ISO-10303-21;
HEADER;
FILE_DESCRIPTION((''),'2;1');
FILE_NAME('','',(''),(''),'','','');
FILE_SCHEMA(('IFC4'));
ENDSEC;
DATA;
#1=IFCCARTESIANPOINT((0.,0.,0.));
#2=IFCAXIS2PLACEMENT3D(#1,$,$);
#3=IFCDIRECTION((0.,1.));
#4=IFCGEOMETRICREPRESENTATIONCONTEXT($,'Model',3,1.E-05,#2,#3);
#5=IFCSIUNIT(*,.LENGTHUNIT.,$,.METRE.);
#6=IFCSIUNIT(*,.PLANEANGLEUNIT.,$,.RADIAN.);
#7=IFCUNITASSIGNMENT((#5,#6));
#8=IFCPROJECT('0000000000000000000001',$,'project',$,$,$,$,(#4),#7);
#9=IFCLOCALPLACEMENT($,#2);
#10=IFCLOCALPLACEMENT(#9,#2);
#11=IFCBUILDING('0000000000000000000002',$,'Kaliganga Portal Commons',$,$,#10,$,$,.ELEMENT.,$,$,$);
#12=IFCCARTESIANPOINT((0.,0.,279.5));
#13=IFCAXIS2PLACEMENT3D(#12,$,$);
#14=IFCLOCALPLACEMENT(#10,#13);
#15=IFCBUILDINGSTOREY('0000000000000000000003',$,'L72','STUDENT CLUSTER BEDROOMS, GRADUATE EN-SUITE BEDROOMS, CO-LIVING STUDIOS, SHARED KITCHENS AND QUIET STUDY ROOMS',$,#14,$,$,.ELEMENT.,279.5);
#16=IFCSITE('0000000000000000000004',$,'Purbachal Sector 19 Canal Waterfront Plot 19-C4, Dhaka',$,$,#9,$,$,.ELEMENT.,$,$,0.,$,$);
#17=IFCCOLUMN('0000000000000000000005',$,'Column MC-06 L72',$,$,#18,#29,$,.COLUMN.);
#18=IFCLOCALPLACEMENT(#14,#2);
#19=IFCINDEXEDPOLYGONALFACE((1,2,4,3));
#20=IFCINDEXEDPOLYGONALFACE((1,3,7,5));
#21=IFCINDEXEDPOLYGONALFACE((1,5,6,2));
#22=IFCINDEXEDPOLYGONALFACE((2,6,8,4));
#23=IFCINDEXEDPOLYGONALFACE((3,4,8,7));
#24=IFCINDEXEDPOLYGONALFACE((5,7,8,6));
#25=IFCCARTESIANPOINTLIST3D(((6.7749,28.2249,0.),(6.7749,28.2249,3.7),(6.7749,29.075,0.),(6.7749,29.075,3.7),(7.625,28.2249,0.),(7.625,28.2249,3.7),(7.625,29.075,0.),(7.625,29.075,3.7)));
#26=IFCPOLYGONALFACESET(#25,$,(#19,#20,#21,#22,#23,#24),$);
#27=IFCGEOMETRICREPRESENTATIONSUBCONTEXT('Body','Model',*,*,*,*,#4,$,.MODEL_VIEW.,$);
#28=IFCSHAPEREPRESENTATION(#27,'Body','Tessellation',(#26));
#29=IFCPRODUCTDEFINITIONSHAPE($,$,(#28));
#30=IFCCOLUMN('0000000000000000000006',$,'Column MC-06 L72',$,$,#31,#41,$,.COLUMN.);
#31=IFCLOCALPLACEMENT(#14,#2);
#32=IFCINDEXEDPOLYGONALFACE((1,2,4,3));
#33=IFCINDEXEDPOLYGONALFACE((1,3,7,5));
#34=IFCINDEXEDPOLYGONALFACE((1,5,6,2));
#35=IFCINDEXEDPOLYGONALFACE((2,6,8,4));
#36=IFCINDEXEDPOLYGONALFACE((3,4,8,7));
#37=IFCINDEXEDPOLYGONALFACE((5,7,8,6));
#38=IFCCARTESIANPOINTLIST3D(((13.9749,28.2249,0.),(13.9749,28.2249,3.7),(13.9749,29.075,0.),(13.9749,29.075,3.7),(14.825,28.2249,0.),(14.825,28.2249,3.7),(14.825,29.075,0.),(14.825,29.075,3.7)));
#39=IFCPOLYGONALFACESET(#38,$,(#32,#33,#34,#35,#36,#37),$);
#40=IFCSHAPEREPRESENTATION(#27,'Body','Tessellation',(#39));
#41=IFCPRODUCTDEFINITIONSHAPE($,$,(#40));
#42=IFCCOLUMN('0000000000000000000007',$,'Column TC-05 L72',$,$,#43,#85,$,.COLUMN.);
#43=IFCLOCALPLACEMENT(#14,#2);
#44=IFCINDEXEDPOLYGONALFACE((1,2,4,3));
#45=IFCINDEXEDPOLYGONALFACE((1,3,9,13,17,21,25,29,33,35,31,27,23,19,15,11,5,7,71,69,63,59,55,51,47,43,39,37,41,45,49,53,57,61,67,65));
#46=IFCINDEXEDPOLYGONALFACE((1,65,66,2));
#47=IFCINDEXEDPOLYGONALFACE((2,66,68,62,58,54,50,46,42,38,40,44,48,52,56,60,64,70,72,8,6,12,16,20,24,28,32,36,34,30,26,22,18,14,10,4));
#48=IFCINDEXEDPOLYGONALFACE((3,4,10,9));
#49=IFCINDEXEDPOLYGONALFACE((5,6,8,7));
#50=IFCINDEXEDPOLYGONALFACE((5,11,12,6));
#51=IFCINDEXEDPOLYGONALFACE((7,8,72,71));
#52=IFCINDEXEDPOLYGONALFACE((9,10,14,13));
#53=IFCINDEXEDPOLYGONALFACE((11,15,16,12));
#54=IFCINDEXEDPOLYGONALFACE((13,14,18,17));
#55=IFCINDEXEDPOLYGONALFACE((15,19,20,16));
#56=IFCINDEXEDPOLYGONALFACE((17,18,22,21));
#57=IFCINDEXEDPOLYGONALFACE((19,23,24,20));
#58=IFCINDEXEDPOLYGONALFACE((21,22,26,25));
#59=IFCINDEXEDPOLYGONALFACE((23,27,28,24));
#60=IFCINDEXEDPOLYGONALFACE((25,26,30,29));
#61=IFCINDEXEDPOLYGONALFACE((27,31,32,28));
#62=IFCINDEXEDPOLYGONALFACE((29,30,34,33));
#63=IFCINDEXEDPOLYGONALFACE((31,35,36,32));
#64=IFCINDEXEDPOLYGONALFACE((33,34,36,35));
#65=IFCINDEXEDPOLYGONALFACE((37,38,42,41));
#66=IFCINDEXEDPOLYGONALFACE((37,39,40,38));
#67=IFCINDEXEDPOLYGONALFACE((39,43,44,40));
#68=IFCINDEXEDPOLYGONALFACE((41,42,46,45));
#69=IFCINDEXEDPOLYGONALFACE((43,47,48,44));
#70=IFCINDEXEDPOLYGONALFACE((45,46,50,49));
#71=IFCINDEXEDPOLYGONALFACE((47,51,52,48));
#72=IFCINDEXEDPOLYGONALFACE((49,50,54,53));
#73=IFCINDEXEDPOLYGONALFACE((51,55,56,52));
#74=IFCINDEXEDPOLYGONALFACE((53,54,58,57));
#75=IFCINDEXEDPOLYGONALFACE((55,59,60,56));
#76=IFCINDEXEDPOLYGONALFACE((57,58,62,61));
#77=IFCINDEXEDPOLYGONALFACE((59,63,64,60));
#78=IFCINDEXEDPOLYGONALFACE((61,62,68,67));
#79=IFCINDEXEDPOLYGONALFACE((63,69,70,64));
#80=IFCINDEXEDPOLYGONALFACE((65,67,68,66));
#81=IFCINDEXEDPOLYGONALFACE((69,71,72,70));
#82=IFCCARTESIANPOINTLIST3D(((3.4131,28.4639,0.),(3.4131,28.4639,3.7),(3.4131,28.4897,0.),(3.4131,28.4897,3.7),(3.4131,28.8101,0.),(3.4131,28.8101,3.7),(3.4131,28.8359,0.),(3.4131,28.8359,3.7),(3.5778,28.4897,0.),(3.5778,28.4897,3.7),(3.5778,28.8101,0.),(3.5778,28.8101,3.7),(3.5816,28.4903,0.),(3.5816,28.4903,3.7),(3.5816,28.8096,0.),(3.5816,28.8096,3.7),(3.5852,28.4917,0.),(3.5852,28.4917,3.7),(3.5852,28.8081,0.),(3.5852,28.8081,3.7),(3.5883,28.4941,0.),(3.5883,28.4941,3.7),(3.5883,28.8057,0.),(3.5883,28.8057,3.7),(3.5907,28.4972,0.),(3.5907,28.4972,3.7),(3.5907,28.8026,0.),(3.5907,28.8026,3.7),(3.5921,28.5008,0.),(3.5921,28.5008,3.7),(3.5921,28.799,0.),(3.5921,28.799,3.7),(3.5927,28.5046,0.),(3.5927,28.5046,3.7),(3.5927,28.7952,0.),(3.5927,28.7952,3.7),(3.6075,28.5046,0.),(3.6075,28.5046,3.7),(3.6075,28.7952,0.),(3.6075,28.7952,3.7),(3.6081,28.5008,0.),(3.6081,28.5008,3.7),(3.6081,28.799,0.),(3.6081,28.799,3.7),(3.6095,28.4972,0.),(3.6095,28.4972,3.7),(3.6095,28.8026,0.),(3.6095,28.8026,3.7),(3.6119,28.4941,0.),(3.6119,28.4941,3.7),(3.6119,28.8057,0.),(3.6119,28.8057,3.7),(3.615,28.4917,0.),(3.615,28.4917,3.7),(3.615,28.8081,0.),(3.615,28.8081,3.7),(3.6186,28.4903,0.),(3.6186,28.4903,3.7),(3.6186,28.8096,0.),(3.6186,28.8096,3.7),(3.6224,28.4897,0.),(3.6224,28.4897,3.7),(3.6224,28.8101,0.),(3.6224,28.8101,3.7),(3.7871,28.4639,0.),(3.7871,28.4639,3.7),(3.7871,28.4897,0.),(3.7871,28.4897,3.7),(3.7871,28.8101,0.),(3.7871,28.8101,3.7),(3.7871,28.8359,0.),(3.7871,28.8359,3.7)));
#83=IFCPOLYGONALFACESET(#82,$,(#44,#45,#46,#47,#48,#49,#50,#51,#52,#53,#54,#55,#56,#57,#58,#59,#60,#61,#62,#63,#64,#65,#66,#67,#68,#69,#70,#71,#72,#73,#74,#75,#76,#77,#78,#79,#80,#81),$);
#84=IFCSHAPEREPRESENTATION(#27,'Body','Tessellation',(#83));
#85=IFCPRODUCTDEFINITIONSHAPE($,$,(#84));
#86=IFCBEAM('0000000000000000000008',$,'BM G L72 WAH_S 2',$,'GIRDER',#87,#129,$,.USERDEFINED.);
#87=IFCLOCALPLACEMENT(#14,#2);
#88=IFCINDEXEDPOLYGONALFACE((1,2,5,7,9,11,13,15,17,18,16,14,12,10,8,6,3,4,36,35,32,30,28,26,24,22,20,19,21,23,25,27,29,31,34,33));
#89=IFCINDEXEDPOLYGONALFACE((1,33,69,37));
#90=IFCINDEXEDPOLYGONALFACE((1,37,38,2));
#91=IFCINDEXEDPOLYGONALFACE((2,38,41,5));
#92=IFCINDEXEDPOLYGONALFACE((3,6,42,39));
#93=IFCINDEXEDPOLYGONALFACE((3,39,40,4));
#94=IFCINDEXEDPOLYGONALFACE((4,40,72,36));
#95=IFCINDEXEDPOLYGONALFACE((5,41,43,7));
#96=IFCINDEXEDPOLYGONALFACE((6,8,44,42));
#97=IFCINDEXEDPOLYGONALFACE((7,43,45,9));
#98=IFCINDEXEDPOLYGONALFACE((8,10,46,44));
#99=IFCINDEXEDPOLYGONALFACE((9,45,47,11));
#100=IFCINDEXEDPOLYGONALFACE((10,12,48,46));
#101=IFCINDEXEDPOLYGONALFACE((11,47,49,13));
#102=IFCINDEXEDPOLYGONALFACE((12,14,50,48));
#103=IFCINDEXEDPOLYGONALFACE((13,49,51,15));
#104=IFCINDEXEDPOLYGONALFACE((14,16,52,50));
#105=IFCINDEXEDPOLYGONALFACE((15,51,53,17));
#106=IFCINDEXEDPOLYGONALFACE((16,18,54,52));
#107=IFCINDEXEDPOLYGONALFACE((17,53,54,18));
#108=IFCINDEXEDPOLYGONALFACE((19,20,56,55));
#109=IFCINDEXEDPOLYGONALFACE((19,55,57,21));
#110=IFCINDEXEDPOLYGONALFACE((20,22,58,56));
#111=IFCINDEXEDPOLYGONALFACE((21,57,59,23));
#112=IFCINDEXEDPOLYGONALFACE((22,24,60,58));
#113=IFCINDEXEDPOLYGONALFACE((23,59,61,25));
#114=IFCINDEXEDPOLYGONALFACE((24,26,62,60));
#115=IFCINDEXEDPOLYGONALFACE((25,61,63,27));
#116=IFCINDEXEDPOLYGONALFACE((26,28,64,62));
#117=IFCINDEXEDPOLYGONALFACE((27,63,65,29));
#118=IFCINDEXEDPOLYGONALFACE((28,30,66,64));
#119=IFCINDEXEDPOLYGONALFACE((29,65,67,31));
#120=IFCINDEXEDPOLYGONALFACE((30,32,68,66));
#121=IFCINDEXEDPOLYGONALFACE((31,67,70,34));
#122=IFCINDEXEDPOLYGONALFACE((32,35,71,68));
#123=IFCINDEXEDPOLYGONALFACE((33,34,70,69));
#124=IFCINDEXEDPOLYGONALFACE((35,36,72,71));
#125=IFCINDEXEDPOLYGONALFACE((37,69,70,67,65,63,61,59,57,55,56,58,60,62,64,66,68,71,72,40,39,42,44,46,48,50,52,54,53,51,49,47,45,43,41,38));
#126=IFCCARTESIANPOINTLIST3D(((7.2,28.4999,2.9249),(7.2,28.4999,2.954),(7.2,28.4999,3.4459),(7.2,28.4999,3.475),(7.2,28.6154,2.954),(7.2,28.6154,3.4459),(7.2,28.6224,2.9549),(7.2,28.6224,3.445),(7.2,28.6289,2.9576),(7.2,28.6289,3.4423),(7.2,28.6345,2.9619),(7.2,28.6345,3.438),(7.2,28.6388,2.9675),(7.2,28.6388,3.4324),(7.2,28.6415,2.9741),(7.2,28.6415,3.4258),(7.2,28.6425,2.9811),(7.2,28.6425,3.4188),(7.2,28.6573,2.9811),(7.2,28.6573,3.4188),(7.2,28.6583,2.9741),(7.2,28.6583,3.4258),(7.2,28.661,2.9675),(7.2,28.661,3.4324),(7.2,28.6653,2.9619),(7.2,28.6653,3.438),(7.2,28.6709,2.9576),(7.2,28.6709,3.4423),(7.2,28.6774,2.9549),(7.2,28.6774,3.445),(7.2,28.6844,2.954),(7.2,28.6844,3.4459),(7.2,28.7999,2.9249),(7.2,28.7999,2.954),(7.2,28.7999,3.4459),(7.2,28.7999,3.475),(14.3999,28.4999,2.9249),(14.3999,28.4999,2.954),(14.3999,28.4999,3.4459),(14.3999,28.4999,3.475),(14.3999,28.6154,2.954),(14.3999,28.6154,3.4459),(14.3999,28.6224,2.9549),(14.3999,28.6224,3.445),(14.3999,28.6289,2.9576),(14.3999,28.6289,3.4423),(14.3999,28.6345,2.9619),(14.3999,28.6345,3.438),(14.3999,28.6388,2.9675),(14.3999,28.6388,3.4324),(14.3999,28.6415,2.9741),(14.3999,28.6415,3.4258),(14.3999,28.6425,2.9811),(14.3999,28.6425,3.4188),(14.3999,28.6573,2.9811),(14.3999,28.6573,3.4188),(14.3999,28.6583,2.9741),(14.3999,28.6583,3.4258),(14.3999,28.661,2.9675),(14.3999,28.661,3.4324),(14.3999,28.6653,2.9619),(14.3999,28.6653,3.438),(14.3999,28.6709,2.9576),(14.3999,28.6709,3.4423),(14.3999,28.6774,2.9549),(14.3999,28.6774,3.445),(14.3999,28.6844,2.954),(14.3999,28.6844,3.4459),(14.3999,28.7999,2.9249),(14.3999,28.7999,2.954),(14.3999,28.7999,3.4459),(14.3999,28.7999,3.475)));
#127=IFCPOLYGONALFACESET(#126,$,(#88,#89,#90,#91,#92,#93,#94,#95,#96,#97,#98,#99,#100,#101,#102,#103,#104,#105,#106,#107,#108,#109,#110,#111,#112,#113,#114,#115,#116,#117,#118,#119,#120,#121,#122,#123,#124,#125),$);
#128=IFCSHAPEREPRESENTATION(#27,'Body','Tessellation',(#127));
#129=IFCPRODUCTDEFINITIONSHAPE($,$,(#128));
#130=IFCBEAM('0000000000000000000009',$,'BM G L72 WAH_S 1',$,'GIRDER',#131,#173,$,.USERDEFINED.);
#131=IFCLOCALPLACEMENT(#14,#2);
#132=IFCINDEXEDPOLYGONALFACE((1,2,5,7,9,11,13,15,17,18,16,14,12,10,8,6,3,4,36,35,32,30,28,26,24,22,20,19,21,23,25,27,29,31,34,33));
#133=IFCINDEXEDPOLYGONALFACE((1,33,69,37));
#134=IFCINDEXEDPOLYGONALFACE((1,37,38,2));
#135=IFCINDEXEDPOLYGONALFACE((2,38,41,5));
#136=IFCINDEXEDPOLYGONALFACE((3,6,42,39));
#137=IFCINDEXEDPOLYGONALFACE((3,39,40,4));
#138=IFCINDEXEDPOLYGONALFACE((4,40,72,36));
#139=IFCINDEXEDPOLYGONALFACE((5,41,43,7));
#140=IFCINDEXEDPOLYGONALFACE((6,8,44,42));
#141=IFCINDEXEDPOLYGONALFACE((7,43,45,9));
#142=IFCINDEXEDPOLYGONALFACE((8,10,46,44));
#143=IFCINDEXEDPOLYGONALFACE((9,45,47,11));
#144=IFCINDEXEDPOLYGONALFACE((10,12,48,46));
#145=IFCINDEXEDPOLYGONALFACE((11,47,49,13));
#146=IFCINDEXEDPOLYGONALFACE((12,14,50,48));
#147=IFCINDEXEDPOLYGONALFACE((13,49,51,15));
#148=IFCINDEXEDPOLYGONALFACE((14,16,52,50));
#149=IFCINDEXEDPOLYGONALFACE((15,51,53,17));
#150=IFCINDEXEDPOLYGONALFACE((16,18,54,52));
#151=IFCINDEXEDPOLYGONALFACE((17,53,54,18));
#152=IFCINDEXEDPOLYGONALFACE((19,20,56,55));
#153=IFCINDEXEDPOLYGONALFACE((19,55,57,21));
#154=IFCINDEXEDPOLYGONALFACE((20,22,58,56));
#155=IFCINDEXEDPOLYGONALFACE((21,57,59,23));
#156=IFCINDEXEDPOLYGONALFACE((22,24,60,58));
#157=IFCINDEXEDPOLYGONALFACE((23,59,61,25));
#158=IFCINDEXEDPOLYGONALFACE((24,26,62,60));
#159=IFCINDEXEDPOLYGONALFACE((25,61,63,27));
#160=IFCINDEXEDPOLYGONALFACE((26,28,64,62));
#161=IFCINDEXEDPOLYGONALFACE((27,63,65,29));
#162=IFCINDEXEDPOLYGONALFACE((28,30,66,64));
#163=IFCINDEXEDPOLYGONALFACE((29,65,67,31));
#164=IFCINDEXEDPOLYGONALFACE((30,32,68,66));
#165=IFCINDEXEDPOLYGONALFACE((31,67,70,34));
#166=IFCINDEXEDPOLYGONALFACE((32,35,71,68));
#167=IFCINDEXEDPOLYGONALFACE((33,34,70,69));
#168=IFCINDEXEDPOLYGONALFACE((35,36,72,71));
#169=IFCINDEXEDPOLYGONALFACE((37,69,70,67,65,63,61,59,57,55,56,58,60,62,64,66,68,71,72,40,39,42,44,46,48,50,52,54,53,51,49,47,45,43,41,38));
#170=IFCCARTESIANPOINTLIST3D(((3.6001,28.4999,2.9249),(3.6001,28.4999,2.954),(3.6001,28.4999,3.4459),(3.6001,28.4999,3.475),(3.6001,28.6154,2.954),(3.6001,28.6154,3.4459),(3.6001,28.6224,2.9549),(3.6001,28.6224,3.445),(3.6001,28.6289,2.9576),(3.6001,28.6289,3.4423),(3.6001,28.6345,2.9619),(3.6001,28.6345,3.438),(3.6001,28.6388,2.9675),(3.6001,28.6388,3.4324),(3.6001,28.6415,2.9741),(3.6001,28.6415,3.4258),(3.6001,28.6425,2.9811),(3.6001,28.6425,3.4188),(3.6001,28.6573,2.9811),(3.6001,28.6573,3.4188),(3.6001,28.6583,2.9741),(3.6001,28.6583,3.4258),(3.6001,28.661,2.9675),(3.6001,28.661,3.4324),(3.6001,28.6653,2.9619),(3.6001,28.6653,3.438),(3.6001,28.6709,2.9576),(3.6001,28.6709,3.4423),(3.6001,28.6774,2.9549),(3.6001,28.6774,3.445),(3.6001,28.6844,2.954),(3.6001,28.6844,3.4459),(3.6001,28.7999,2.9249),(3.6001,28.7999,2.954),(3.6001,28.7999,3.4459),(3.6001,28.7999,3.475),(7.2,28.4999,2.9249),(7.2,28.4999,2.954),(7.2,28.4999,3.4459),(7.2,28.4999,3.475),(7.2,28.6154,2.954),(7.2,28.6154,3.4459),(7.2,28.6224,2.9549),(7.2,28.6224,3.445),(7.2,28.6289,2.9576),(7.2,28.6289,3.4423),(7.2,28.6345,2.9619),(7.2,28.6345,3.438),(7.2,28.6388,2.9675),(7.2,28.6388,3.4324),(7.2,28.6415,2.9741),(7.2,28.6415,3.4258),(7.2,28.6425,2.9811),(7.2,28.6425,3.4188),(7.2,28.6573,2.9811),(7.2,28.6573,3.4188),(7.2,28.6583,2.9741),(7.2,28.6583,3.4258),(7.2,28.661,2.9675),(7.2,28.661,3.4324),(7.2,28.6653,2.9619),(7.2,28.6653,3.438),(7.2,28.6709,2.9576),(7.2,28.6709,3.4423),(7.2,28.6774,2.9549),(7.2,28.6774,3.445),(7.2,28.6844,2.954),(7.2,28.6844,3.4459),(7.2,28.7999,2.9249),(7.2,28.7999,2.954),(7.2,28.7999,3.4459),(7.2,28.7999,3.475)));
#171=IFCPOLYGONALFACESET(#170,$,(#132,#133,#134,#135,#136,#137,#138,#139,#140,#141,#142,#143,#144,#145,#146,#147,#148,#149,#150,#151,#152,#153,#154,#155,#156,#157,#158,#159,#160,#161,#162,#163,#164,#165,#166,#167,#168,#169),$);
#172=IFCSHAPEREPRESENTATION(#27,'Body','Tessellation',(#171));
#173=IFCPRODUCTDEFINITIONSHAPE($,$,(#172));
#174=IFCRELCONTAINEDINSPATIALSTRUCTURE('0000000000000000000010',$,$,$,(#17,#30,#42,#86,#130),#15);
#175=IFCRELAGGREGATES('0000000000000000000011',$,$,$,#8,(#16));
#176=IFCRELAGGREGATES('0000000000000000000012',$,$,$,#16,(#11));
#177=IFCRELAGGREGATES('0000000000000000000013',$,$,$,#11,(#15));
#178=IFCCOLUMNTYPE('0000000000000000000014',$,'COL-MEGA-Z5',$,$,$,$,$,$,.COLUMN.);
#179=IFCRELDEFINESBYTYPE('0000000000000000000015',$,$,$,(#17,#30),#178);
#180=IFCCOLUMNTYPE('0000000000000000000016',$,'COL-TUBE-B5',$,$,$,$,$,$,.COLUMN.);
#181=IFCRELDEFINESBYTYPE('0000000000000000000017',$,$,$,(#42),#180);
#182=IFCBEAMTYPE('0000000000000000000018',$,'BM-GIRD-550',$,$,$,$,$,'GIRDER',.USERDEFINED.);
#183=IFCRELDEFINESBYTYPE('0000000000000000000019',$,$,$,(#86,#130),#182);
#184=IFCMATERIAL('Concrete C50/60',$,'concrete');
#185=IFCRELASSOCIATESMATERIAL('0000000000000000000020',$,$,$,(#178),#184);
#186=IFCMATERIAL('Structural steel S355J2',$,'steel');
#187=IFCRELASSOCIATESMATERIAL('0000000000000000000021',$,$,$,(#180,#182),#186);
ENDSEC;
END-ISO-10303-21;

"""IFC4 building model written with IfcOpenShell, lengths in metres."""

from ifc_helpers import new_model, si_unit, direction, frame, origin, origin_2d, place, context, subcontext, project, spatial, rectangle, i_section, extrude, source, transform, mapped, material, material_profile, profile_set, type_object, element, save


model = new_model("IFC4")

# Units and contexts
model_context = context("Model", 3, precision=1e-05, world=origin(), true_north=direction((0.0, 1.0)))
body_context = subcontext(model_context, "Body", "Model", "MODEL_VIEW")
ifc_project = project(units=[si_unit("LENGTHUNIT", "METRE"), si_unit("PLANEANGLEUNIT", "RADIAN")], contexts=[model_context])

# Site, building, storey
site_placement = place(None, origin())
site = spatial("IfcSite", under=ifc_project, at=site_placement, Name="Purbachal Sector 19 Canal Waterfront Plot 19-C4, Dhaka", CompositionType="ELEMENT", RefElevation=0.0)
building_placement = place(site_placement, origin())
building = spatial("IfcBuilding", under=site, at=building_placement, Name="Kaliganga Portal Commons", CompositionType="ELEMENT")
storey_placement = place(building_placement, frame((0.0, 0.0, 279.5)))
storey = spatial("IfcBuildingStorey", under=building, at=storey_placement, Name="L72", Description="STUDENT CLUSTER BEDROOMS, GRADUATE EN-SUITE BEDROOMS, CO-LIVING STUDIOS, SHARED KITCHENS AND QUIET STUDY ROOMS", CompositionType="ELEMENT", Elevation=279.5)

# Columns
ifc_material_1 = material(Name="Concrete C50/60", Category="concrete")
ifc_material_profile_1 = material_profile(ifc_material_1, rectangle(XDim=0.8501, YDim=0.8501, at=origin_2d()), Name="RC 850x850")
ifc_profile_set_1 = profile_set([ifc_material_profile_1], Name="Concrete C50/60")
column_type_1 = type_object("IfcColumnType", Name="COL-MEGA-Z5", PredefinedType="COLUMN", material=ifc_profile_set_1)
shared_shape_1 = source(origin(), body_context, "Body", "SweptSolid", [
    extrude(rectangle(XDim=0.8501, YDim=0.8501, at=origin_2d()), origin(), (0.0, 0.0, 1.0), 3.7),
])
for number, where, z_axis, x_axis, name in (
    (1, (7.2, 28.6499, 0.0), (0.0, 0.0, 1.0), (1.0, 0.0, 0.0), "Column MC-06 L72"),
    (2, (14.3999, 28.6499, 0.0), (0.0, 0.0, 1.0), (1.0, 0.0, 0.0), "Column MC-06 L72"),
):
    element("IfcColumn", number, at=place(storey_placement, frame(where, z_axis=z_axis, x_axis=x_axis)), inside=storey, type_object=column_type_1, Name=name, PredefinedType="COLUMN", context=body_context, shape_type="MappedRepresentation", body=[
        mapped(shared_shape_1, transform((0.0, 0.0, 0.0), x_axis=(1.0, 0.0, 0.0), y_axis=(0.0, 1.0, 0.0), z_axis=(0.0, 0.0, 1.0), scale=1.0)),
    ])
ifc_material_2 = material(Name="Structural steel S355J2", Category="steel")
ifc_material_profile_2 = material_profile(ifc_material_2, i_section(OverallWidth=0.374, OverallDepth=0.3721, WebThickness=0.0149, FlangeThickness=0.0259, FilletRadius=0.0149, at=origin_2d()), Name="HD 360x196")
ifc_profile_set_2 = profile_set([ifc_material_profile_2], Name="Structural steel S355J2 wide-flange")
column_type_2 = type_object("IfcColumnType", Name="COL-TUBE-B5", PredefinedType="COLUMN", material=ifc_profile_set_2)
shared_shape_2 = source(origin(), body_context, "Body", "SweptSolid", [
    extrude(i_section(OverallWidth=0.374, OverallDepth=0.3721, WebThickness=0.0149, FlangeThickness=0.0259, FilletRadius=0.0149, at=origin_2d()), origin(), (0.0, 0.0, 1.0), 3.7),
])
column_placement = place(storey_placement, frame((3.6001, 28.6499, 0.0), z_axis=(0.0, 0.0, 1.0), x_axis=(1.0, 0.0, 0.0)))
element("IfcColumn", 3, at=column_placement, inside=storey, type_object=column_type_2, Name="Column TC-05 L72", PredefinedType="COLUMN", context=body_context, shape_type="MappedRepresentation", body=[
    mapped(shared_shape_2, transform((0.0, 0.0, 0.0), x_axis=(1.0, 0.0, 0.0), y_axis=(0.0, 1.0, 0.0), z_axis=(0.0, 0.0, 1.0), scale=1.0)),
])

# Beams
ifc_material_profile_3 = material_profile(ifc_material_2, i_section(OverallWidth=0.3, OverallDepth=0.55, WebThickness=0.0149, FlangeThickness=0.0291, FilletRadius=0.0271, at=origin_2d()), Name="HE 550 B")
ifc_profile_set_3 = profile_set([ifc_material_profile_3], Name="Structural steel S355J2 wide-flange")
beam_type_1 = type_object("IfcBeamType", Name="BM-GIRD-550", ElementType="GIRDER", PredefinedType="USERDEFINED", material=ifc_profile_set_3)
shared_shape_3 = source(origin(), body_context, "Body", "SweptSolid", [
    extrude(i_section(OverallWidth=0.3, OverallDepth=0.55, WebThickness=0.0149, FlangeThickness=0.0291, FilletRadius=0.0271, at=origin_2d()), origin(), (0.0, 0.0, 1.0), 7.2),
])
beam_1_placement = place(storey_placement, frame((7.2, 28.6499, 3.2), z_axis=(1.0, 0.0, 0.0), x_axis=(0.0, 1.0, 0.0)))
element("IfcBeam", 4, at=beam_1_placement, inside=storey, type_object=beam_type_1, Name="BM G L72 WAH_S 2", ObjectType="GIRDER", PredefinedType="USERDEFINED", context=body_context, shape_type="MappedRepresentation", body=[
    mapped(shared_shape_3, transform((0.0, 0.0, 0.0), x_axis=(1.0, 0.0, 0.0), y_axis=(0.0, 1.0, 0.0), z_axis=(0.0, 0.0, 1.0), scale=1.0)),
])
shared_shape_4 = source(origin(), body_context, "Body", "SweptSolid", [
    extrude(i_section(OverallWidth=0.3, OverallDepth=0.55, WebThickness=0.0149, FlangeThickness=0.0291, FilletRadius=0.0271, at=origin_2d()), origin(), (0.0, 0.0, 1.0), 3.5999),
])
beam_2_placement = place(storey_placement, frame((3.6001, 28.6499, 3.2), z_axis=(1.0, 0.0, 0.0), x_axis=(0.0, 1.0, 0.0)))
element("IfcBeam", 5, at=beam_2_placement, inside=storey, type_object=beam_type_1, Name="BM G L72 WAH_S 1", ObjectType="GIRDER", PredefinedType="USERDEFINED", context=body_context, shape_type="MappedRepresentation", body=[
    mapped(shared_shape_4, transform((0.0, 0.0, 0.0), x_axis=(1.0, 0.0, 0.0), y_axis=(0.0, 1.0, 0.0), z_axis=(0.0, 0.0, 1.0), scale=1.0)),
])

save(model, "model.ifc")
